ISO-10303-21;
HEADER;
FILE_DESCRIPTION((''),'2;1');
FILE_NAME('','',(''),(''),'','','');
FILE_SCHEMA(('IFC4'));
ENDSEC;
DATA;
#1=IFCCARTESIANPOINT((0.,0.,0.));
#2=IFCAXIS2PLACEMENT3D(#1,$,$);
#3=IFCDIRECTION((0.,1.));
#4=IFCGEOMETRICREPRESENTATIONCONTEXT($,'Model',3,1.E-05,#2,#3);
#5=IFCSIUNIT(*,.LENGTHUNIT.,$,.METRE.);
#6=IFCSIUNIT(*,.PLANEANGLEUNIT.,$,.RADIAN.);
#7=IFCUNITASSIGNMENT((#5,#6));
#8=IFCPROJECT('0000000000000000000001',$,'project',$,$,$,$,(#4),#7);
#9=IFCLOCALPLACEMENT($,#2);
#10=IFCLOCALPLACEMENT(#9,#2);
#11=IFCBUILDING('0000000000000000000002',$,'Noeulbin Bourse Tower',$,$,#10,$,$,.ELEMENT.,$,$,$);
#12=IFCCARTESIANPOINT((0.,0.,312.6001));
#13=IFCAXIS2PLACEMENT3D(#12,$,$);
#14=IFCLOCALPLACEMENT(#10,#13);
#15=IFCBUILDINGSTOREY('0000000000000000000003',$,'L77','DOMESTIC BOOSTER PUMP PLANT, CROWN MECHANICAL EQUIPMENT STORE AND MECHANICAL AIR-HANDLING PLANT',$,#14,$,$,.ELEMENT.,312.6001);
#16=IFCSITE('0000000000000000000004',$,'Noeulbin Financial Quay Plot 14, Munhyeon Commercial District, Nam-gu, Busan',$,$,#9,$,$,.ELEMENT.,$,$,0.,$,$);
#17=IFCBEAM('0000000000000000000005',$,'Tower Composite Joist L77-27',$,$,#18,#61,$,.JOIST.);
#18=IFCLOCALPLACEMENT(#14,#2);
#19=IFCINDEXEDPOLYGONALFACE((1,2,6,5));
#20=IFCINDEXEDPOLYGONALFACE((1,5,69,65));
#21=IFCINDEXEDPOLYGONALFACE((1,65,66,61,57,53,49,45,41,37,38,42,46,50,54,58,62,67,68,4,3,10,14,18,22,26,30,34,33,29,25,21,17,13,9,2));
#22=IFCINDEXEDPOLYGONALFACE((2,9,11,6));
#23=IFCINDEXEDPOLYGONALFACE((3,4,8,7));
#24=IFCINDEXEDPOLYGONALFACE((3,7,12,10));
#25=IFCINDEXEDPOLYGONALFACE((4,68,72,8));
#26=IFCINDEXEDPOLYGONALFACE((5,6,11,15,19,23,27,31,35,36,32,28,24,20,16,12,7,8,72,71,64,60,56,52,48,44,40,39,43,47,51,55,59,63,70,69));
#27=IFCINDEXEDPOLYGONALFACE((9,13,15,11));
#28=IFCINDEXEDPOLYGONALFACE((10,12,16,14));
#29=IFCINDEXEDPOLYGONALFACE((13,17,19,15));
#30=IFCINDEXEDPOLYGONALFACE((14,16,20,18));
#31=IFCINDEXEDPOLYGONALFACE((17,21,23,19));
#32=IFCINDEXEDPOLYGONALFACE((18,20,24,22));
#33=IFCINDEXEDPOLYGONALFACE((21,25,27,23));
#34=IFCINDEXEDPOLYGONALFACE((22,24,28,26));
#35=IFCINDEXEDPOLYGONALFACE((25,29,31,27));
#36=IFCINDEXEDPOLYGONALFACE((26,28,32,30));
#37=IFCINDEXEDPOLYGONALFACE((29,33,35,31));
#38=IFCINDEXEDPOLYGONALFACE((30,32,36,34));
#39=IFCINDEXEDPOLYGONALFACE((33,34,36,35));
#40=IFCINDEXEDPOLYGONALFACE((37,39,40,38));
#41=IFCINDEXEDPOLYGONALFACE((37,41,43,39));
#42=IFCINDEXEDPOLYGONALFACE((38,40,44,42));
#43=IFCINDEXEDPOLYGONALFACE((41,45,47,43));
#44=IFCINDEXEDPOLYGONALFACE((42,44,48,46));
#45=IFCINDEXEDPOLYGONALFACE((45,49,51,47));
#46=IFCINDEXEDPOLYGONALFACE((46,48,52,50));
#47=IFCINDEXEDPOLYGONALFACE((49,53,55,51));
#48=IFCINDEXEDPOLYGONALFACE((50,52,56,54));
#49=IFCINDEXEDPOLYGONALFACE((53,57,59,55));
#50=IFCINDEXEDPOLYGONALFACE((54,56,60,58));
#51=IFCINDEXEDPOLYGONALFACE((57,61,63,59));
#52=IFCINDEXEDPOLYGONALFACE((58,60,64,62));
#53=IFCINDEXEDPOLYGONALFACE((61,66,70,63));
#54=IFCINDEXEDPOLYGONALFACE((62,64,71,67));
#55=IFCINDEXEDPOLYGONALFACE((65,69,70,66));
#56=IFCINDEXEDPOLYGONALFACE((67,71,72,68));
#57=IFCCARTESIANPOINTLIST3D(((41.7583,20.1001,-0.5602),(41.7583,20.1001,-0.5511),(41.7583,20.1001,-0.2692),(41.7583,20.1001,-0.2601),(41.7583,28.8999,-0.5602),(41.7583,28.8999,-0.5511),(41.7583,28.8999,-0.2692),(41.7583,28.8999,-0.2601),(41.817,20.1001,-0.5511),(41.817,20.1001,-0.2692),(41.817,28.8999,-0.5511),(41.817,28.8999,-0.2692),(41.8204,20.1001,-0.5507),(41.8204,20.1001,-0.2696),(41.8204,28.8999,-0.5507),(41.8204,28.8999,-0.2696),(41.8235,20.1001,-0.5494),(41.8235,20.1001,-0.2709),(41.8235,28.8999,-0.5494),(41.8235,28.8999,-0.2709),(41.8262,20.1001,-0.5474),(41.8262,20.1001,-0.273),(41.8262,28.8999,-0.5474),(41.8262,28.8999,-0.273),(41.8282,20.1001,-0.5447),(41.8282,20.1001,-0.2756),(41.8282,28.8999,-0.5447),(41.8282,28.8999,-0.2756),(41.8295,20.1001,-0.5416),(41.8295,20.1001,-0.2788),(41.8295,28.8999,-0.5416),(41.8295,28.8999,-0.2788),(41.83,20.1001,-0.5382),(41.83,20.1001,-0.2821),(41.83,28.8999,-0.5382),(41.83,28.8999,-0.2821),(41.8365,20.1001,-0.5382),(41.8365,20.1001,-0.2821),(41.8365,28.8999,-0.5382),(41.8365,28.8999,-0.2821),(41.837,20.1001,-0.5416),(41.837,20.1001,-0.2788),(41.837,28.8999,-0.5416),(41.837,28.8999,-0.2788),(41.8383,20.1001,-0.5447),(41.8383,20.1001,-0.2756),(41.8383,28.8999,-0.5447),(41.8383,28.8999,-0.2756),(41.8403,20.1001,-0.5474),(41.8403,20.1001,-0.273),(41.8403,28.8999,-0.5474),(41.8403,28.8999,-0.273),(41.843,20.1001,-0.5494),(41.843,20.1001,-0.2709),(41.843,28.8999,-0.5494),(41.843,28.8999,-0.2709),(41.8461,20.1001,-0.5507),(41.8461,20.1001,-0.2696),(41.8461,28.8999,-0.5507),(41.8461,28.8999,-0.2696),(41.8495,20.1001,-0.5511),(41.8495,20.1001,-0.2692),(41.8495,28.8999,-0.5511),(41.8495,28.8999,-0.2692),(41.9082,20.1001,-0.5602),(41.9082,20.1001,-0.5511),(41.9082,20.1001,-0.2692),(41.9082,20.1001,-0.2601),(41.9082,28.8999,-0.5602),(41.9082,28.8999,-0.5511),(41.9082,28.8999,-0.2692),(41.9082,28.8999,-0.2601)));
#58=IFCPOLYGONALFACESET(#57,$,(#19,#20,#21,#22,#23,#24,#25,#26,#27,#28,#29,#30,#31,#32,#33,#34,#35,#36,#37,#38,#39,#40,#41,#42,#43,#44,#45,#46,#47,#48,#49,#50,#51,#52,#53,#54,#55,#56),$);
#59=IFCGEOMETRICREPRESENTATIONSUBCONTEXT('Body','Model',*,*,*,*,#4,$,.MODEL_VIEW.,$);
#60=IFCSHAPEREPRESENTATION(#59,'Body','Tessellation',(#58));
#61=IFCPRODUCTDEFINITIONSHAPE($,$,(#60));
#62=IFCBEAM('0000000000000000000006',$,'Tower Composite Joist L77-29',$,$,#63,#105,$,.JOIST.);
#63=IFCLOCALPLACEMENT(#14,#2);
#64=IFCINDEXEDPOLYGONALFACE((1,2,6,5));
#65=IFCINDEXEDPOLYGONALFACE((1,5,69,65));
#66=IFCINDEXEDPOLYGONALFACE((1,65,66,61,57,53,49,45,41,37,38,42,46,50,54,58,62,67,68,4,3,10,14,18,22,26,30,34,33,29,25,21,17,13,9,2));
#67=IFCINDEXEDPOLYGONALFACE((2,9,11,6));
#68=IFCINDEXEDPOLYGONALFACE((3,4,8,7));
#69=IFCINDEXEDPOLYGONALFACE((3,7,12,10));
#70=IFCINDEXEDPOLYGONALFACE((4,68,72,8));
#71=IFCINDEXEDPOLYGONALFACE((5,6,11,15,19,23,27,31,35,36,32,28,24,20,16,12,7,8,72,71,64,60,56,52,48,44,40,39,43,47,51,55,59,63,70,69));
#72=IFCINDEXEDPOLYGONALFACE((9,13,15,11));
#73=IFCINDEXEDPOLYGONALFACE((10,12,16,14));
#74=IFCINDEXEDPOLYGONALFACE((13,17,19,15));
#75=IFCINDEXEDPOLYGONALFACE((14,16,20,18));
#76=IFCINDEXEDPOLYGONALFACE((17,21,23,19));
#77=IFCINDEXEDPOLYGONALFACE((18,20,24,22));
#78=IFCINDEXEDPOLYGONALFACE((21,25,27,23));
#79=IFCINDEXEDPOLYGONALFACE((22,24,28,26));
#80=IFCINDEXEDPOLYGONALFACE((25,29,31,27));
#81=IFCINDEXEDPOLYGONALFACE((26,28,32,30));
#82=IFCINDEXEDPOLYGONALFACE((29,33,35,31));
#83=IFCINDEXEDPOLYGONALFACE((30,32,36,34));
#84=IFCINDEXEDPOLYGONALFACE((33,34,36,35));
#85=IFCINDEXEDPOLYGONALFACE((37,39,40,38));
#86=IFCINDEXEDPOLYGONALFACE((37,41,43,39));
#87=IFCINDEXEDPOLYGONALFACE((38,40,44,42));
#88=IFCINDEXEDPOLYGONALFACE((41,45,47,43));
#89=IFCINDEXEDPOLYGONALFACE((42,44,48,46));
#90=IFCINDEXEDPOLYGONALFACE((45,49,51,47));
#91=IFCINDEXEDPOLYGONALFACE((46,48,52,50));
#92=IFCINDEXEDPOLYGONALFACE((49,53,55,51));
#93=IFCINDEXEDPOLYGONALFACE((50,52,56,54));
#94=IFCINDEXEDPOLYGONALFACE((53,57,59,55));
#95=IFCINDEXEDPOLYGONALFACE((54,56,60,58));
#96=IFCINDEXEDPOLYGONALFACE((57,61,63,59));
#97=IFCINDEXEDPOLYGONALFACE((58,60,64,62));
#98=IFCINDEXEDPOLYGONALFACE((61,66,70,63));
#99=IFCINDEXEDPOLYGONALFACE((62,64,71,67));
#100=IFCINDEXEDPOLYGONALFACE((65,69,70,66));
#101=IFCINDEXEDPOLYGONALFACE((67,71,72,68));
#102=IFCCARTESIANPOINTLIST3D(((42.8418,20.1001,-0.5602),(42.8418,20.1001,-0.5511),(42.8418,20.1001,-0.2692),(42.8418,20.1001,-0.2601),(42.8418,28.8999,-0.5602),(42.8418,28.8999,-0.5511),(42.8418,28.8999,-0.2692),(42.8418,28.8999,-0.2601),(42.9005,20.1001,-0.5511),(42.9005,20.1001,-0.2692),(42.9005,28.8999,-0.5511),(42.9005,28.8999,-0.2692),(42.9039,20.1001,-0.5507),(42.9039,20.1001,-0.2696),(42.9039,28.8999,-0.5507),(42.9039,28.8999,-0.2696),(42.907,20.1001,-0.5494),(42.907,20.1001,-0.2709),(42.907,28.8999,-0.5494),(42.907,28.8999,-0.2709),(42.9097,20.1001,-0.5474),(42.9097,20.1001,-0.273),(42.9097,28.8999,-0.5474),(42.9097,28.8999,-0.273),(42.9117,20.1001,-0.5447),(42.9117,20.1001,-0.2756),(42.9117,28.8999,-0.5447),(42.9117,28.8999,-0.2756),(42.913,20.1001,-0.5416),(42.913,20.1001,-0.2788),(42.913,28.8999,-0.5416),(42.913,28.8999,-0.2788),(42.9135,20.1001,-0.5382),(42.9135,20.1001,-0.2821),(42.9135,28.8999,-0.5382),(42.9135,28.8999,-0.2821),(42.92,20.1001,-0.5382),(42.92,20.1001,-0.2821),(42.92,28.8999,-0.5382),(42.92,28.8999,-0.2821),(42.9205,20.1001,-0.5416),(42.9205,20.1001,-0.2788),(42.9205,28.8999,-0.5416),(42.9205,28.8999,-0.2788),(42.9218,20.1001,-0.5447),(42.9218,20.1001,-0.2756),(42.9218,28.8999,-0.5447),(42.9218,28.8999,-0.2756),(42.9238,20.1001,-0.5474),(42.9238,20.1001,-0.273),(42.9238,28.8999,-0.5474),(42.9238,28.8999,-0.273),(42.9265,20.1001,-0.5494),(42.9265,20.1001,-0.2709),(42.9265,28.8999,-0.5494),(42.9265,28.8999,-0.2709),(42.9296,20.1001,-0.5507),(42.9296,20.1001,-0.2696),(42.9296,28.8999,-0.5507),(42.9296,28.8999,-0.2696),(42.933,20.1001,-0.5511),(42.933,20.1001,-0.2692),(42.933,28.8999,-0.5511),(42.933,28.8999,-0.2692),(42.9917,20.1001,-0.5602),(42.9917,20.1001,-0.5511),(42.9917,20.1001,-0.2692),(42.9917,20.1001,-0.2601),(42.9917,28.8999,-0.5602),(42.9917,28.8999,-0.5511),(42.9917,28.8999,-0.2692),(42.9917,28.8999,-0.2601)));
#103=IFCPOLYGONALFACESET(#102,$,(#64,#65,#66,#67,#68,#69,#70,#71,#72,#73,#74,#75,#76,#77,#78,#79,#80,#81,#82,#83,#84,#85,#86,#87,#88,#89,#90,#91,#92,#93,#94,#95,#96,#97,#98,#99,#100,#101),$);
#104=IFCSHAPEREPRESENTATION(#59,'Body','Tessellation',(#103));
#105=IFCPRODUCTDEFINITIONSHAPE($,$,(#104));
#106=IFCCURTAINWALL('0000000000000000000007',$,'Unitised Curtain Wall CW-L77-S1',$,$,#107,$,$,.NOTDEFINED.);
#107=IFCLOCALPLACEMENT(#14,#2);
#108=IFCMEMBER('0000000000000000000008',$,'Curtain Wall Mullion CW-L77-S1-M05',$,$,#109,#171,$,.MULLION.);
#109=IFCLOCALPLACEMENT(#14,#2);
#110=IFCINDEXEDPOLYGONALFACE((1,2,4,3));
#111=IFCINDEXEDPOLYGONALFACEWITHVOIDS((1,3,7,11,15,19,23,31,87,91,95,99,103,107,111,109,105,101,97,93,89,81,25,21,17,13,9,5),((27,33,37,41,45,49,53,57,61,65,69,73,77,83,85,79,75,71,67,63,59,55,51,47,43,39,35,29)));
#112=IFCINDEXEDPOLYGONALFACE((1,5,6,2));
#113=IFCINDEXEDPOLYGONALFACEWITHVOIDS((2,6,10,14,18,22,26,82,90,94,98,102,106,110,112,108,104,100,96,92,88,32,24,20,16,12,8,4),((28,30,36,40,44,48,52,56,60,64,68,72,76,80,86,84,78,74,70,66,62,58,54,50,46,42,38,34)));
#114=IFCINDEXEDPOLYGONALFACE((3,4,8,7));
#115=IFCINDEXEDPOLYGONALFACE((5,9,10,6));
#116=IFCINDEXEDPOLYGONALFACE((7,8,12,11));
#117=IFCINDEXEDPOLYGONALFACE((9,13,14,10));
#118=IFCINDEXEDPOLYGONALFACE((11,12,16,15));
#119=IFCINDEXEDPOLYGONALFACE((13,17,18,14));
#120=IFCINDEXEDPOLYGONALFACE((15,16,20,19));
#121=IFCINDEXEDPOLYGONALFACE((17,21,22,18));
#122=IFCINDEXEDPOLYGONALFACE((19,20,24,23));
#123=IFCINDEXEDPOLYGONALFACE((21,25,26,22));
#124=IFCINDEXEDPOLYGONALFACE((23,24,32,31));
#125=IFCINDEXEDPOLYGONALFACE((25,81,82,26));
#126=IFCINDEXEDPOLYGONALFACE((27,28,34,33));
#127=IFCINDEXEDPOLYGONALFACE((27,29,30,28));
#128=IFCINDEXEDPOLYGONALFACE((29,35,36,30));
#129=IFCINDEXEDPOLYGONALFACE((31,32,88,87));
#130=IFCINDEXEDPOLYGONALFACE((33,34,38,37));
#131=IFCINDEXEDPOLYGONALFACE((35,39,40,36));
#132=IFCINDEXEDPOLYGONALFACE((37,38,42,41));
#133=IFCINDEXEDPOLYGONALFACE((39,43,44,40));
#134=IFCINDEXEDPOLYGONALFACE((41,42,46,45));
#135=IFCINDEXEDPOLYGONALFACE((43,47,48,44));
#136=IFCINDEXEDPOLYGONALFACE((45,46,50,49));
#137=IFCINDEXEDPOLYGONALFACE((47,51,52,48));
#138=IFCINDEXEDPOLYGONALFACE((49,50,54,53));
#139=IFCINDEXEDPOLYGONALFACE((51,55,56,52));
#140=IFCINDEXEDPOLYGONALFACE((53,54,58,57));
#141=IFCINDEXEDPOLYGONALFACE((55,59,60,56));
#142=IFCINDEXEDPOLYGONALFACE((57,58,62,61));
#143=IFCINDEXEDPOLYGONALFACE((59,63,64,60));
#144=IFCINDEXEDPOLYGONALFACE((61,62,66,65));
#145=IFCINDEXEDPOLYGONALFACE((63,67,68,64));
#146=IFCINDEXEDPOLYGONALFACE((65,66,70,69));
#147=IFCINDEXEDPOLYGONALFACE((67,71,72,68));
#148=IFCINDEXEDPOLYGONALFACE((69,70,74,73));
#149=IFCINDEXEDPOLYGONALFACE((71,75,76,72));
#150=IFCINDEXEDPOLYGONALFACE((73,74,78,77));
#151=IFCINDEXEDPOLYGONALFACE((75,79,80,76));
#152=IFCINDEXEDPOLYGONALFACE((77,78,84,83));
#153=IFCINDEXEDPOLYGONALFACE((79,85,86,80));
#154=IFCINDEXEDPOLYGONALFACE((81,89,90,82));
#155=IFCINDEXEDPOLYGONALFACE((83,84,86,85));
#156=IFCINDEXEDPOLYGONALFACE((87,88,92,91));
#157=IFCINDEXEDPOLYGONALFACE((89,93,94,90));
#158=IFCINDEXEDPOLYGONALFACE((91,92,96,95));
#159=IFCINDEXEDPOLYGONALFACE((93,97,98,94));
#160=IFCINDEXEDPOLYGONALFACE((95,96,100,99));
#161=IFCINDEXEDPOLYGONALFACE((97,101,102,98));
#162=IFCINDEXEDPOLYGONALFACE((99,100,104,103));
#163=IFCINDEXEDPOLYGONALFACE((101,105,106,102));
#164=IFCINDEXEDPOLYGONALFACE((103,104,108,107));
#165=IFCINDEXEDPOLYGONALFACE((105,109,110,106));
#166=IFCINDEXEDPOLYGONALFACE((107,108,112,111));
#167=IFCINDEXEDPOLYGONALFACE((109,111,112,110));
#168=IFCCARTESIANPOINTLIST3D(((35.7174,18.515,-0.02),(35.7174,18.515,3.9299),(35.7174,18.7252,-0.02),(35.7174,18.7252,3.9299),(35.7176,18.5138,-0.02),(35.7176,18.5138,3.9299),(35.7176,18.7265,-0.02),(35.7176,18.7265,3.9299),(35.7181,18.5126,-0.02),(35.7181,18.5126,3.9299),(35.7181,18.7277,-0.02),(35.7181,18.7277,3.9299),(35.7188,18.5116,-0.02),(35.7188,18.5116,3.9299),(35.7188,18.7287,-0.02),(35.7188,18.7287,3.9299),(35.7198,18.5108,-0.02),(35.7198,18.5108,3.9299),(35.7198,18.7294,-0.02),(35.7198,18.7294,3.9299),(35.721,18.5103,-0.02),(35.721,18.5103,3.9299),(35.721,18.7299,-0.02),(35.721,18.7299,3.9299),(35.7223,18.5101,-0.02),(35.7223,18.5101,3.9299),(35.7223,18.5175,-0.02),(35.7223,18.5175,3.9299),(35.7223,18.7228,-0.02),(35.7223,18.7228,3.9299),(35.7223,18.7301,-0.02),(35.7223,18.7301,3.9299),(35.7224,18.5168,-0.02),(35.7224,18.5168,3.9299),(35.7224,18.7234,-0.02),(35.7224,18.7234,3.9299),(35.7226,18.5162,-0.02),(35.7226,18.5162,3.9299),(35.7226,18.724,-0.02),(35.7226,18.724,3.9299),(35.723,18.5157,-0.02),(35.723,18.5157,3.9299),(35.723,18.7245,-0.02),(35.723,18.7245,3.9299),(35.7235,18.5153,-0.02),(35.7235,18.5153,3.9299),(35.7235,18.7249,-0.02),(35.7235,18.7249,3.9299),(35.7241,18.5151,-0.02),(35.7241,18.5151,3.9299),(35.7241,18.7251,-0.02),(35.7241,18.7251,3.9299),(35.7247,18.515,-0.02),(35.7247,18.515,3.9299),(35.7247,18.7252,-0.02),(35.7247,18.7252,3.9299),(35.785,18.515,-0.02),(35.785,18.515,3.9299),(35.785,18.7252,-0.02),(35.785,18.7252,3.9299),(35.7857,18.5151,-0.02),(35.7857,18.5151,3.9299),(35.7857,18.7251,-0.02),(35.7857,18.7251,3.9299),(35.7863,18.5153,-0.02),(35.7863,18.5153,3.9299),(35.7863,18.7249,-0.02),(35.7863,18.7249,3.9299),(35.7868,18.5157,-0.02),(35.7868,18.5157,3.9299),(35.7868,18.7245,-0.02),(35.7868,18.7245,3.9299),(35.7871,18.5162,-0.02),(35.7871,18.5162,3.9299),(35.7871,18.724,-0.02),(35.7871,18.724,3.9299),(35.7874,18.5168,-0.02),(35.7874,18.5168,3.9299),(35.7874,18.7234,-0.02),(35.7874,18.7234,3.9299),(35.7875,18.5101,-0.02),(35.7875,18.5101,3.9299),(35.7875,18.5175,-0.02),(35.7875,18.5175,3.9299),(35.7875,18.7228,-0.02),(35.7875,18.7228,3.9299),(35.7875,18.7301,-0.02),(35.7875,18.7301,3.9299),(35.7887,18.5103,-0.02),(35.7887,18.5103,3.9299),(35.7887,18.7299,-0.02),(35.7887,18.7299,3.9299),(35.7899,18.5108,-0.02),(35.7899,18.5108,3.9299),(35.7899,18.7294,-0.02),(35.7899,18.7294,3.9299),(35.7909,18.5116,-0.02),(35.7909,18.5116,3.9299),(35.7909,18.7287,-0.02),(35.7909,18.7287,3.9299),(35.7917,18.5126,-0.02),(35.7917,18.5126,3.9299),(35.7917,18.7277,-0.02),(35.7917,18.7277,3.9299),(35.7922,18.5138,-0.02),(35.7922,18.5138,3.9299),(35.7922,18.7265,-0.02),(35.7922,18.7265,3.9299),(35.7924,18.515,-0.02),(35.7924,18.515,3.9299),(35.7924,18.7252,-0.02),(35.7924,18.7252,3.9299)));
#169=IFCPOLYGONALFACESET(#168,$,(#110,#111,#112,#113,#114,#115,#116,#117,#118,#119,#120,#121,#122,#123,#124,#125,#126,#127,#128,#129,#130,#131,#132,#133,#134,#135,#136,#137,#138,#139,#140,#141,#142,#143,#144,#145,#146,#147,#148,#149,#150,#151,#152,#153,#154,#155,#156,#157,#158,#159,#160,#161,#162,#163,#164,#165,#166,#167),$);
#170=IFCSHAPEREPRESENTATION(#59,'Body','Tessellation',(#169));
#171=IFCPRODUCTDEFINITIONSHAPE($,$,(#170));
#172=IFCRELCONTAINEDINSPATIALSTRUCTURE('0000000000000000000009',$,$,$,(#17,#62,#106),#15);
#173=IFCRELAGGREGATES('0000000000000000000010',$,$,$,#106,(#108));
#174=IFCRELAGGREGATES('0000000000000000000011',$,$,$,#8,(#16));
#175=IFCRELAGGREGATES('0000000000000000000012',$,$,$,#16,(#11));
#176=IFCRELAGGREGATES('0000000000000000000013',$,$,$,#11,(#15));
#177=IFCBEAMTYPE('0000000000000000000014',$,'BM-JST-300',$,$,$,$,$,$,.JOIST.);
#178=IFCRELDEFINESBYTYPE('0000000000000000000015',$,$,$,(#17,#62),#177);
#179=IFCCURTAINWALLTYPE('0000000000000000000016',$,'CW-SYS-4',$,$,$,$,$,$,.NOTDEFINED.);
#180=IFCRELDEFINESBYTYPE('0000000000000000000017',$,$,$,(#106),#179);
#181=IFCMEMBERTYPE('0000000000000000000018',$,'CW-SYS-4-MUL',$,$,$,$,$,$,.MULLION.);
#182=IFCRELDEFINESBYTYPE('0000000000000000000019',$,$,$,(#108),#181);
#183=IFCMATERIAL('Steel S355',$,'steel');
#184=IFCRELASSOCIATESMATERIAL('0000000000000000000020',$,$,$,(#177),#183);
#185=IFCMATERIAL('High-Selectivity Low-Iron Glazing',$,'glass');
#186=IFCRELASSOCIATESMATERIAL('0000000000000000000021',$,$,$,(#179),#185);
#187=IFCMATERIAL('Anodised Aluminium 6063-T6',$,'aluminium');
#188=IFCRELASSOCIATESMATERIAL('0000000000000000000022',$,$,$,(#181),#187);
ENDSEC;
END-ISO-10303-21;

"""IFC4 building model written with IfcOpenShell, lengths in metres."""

from ifc_helpers import new_model, si_unit, direction, frame, origin, origin_2d, place, context, subcontext, project, spatial, hollow_rectangle, i_section, extrude, material, material_profile, profile_set, type_object, element, aggregate, save


model = new_model("IFC4")

# Units and contexts
model_context = context("Model", 3, precision=1e-05, world=origin(), true_north=direction((0.0, 1.0)))
body_context = subcontext(model_context, "Body", "Model", "MODEL_VIEW")
ifc_project = project(units=[si_unit("LENGTHUNIT", "METRE"), si_unit("PLANEANGLEUNIT", "RADIAN")], contexts=[model_context])

# Site, building, storey
site_placement = place(None, origin())
site = spatial("IfcSite", under=ifc_project, at=site_placement, Name="Noeulbin Financial Quay Plot 14, Munhyeon Commercial District, Nam-gu, Busan", CompositionType="ELEMENT", RefElevation=0.0)
building_placement = place(site_placement, origin())
building = spatial("IfcBuilding", under=site, at=building_placement, Name="Noeulbin Bourse Tower", CompositionType="ELEMENT")
storey_placement = place(building_placement, frame((0.0, 0.0, 312.6001)))
storey = spatial("IfcBuildingStorey", under=building, at=storey_placement, Name="L77", Description="DOMESTIC BOOSTER PUMP PLANT, CROWN MECHANICAL EQUIPMENT STORE AND MECHANICAL AIR-HANDLING PLANT", CompositionType="ELEMENT", Elevation=312.6001)

# Shared definitions
ifc_material_1 = material(Name="Steel S355", Category="steel")

# Beams
ifc_material_profile_1 = material_profile(ifc_material_1, i_section(OverallWidth=0.1499, OverallDepth=0.3, WebThickness=0.0066, FlangeThickness=0.009, FilletRadius=0.0129, at=origin_2d()), Name="H-300x150x6.5x9", Category="LoadBearing")
ifc_profile_set_1 = profile_set([ifc_material_profile_1], Name="Steel S355")
beam_type_1 = type_object("IfcBeamType", Name="BM-JST-300", PredefinedType="JOIST", material=ifc_profile_set_1)
for number, where, z_axis, x_axis, name in (
    (1, (41.8333, 20.1001, -0.4102), (0.0, 1.0, 0.0), (-1.0, 0.0, 0.0), "Tower Composite Joist L77-27"),
    (2, (42.9167, 20.1001, -0.4102), (0.0, 1.0, 0.0), (-1.0, 0.0, 0.0), "Tower Composite Joist L77-29"),
):
    element("IfcBeam", number, at=place(storey_placement, frame(where, z_axis=z_axis, x_axis=x_axis)), inside=storey, type_object=beam_type_1, Name=name, PredefinedType="JOIST", context=body_context, shape_type="SweptSolid", body=[
        extrude(i_section(OverallWidth=0.1499, OverallDepth=0.3, WebThickness=0.0066, FlangeThickness=0.009, FilletRadius=0.0129, at=origin_2d()), origin(), (0.0, 0.0, 1.0), 8.7998),
    ])

# Curtain wall, member
ifc_material_2 = material(Name="High-Selectivity Low-Iron Glazing", Category="glass")
curtain_wall_type = type_object("IfcCurtainWallType", Name="CW-SYS-4", PredefinedType="NOTDEFINED", material=ifc_material_2)
curtain_wall_placement = place(storey_placement, origin())
curtain_wall = element("IfcCurtainWall", 3, at=curtain_wall_placement, inside=storey, type_object=curtain_wall_type, Name="Unitised Curtain Wall CW-L77-S1", PredefinedType="NOTDEFINED")
ifc_material_3 = material(Name="Anodised Aluminium 6063-T6", Category="aluminium")
ifc_material_profile_2 = material_profile(ifc_material_3, hollow_rectangle(XDim=0.075, YDim=0.22, WallThickness=0.0049, InnerFilletRadius=0.0024, OuterFilletRadius=0.0049, at=origin_2d()), Name="ALU-MULL-75x220x5", Category="LoadBearing")
ifc_profile_set_2 = profile_set([ifc_material_profile_2], Name="Anodised Aluminium 6063-T6")
member_type = type_object("IfcMemberType", Name="CW-SYS-4-MUL", PredefinedType="MULLION", material=ifc_profile_set_2)
member_1_placement = place(storey_placement, frame((35.7549, 18.6201, -0.02), z_axis=(0.0, 0.0, 1.0), x_axis=(1.0, 0.0, 0.0)))
member_1 = element("IfcMember", 4, at=member_1_placement, type_object=member_type, Name="Curtain Wall Mullion CW-L77-S1-M05", PredefinedType="MULLION", context=body_context, shape_type="SweptSolid", body=[
    extrude(hollow_rectangle(XDim=0.075, YDim=0.22, WallThickness=0.0049, InnerFilletRadius=0.0024, OuterFilletRadius=0.0049, at=origin_2d()), origin(), (0.0, 0.0, 1.0), 3.95),
])
aggregate(curtain_wall, [member_1])

save(model, "model.ifc")
